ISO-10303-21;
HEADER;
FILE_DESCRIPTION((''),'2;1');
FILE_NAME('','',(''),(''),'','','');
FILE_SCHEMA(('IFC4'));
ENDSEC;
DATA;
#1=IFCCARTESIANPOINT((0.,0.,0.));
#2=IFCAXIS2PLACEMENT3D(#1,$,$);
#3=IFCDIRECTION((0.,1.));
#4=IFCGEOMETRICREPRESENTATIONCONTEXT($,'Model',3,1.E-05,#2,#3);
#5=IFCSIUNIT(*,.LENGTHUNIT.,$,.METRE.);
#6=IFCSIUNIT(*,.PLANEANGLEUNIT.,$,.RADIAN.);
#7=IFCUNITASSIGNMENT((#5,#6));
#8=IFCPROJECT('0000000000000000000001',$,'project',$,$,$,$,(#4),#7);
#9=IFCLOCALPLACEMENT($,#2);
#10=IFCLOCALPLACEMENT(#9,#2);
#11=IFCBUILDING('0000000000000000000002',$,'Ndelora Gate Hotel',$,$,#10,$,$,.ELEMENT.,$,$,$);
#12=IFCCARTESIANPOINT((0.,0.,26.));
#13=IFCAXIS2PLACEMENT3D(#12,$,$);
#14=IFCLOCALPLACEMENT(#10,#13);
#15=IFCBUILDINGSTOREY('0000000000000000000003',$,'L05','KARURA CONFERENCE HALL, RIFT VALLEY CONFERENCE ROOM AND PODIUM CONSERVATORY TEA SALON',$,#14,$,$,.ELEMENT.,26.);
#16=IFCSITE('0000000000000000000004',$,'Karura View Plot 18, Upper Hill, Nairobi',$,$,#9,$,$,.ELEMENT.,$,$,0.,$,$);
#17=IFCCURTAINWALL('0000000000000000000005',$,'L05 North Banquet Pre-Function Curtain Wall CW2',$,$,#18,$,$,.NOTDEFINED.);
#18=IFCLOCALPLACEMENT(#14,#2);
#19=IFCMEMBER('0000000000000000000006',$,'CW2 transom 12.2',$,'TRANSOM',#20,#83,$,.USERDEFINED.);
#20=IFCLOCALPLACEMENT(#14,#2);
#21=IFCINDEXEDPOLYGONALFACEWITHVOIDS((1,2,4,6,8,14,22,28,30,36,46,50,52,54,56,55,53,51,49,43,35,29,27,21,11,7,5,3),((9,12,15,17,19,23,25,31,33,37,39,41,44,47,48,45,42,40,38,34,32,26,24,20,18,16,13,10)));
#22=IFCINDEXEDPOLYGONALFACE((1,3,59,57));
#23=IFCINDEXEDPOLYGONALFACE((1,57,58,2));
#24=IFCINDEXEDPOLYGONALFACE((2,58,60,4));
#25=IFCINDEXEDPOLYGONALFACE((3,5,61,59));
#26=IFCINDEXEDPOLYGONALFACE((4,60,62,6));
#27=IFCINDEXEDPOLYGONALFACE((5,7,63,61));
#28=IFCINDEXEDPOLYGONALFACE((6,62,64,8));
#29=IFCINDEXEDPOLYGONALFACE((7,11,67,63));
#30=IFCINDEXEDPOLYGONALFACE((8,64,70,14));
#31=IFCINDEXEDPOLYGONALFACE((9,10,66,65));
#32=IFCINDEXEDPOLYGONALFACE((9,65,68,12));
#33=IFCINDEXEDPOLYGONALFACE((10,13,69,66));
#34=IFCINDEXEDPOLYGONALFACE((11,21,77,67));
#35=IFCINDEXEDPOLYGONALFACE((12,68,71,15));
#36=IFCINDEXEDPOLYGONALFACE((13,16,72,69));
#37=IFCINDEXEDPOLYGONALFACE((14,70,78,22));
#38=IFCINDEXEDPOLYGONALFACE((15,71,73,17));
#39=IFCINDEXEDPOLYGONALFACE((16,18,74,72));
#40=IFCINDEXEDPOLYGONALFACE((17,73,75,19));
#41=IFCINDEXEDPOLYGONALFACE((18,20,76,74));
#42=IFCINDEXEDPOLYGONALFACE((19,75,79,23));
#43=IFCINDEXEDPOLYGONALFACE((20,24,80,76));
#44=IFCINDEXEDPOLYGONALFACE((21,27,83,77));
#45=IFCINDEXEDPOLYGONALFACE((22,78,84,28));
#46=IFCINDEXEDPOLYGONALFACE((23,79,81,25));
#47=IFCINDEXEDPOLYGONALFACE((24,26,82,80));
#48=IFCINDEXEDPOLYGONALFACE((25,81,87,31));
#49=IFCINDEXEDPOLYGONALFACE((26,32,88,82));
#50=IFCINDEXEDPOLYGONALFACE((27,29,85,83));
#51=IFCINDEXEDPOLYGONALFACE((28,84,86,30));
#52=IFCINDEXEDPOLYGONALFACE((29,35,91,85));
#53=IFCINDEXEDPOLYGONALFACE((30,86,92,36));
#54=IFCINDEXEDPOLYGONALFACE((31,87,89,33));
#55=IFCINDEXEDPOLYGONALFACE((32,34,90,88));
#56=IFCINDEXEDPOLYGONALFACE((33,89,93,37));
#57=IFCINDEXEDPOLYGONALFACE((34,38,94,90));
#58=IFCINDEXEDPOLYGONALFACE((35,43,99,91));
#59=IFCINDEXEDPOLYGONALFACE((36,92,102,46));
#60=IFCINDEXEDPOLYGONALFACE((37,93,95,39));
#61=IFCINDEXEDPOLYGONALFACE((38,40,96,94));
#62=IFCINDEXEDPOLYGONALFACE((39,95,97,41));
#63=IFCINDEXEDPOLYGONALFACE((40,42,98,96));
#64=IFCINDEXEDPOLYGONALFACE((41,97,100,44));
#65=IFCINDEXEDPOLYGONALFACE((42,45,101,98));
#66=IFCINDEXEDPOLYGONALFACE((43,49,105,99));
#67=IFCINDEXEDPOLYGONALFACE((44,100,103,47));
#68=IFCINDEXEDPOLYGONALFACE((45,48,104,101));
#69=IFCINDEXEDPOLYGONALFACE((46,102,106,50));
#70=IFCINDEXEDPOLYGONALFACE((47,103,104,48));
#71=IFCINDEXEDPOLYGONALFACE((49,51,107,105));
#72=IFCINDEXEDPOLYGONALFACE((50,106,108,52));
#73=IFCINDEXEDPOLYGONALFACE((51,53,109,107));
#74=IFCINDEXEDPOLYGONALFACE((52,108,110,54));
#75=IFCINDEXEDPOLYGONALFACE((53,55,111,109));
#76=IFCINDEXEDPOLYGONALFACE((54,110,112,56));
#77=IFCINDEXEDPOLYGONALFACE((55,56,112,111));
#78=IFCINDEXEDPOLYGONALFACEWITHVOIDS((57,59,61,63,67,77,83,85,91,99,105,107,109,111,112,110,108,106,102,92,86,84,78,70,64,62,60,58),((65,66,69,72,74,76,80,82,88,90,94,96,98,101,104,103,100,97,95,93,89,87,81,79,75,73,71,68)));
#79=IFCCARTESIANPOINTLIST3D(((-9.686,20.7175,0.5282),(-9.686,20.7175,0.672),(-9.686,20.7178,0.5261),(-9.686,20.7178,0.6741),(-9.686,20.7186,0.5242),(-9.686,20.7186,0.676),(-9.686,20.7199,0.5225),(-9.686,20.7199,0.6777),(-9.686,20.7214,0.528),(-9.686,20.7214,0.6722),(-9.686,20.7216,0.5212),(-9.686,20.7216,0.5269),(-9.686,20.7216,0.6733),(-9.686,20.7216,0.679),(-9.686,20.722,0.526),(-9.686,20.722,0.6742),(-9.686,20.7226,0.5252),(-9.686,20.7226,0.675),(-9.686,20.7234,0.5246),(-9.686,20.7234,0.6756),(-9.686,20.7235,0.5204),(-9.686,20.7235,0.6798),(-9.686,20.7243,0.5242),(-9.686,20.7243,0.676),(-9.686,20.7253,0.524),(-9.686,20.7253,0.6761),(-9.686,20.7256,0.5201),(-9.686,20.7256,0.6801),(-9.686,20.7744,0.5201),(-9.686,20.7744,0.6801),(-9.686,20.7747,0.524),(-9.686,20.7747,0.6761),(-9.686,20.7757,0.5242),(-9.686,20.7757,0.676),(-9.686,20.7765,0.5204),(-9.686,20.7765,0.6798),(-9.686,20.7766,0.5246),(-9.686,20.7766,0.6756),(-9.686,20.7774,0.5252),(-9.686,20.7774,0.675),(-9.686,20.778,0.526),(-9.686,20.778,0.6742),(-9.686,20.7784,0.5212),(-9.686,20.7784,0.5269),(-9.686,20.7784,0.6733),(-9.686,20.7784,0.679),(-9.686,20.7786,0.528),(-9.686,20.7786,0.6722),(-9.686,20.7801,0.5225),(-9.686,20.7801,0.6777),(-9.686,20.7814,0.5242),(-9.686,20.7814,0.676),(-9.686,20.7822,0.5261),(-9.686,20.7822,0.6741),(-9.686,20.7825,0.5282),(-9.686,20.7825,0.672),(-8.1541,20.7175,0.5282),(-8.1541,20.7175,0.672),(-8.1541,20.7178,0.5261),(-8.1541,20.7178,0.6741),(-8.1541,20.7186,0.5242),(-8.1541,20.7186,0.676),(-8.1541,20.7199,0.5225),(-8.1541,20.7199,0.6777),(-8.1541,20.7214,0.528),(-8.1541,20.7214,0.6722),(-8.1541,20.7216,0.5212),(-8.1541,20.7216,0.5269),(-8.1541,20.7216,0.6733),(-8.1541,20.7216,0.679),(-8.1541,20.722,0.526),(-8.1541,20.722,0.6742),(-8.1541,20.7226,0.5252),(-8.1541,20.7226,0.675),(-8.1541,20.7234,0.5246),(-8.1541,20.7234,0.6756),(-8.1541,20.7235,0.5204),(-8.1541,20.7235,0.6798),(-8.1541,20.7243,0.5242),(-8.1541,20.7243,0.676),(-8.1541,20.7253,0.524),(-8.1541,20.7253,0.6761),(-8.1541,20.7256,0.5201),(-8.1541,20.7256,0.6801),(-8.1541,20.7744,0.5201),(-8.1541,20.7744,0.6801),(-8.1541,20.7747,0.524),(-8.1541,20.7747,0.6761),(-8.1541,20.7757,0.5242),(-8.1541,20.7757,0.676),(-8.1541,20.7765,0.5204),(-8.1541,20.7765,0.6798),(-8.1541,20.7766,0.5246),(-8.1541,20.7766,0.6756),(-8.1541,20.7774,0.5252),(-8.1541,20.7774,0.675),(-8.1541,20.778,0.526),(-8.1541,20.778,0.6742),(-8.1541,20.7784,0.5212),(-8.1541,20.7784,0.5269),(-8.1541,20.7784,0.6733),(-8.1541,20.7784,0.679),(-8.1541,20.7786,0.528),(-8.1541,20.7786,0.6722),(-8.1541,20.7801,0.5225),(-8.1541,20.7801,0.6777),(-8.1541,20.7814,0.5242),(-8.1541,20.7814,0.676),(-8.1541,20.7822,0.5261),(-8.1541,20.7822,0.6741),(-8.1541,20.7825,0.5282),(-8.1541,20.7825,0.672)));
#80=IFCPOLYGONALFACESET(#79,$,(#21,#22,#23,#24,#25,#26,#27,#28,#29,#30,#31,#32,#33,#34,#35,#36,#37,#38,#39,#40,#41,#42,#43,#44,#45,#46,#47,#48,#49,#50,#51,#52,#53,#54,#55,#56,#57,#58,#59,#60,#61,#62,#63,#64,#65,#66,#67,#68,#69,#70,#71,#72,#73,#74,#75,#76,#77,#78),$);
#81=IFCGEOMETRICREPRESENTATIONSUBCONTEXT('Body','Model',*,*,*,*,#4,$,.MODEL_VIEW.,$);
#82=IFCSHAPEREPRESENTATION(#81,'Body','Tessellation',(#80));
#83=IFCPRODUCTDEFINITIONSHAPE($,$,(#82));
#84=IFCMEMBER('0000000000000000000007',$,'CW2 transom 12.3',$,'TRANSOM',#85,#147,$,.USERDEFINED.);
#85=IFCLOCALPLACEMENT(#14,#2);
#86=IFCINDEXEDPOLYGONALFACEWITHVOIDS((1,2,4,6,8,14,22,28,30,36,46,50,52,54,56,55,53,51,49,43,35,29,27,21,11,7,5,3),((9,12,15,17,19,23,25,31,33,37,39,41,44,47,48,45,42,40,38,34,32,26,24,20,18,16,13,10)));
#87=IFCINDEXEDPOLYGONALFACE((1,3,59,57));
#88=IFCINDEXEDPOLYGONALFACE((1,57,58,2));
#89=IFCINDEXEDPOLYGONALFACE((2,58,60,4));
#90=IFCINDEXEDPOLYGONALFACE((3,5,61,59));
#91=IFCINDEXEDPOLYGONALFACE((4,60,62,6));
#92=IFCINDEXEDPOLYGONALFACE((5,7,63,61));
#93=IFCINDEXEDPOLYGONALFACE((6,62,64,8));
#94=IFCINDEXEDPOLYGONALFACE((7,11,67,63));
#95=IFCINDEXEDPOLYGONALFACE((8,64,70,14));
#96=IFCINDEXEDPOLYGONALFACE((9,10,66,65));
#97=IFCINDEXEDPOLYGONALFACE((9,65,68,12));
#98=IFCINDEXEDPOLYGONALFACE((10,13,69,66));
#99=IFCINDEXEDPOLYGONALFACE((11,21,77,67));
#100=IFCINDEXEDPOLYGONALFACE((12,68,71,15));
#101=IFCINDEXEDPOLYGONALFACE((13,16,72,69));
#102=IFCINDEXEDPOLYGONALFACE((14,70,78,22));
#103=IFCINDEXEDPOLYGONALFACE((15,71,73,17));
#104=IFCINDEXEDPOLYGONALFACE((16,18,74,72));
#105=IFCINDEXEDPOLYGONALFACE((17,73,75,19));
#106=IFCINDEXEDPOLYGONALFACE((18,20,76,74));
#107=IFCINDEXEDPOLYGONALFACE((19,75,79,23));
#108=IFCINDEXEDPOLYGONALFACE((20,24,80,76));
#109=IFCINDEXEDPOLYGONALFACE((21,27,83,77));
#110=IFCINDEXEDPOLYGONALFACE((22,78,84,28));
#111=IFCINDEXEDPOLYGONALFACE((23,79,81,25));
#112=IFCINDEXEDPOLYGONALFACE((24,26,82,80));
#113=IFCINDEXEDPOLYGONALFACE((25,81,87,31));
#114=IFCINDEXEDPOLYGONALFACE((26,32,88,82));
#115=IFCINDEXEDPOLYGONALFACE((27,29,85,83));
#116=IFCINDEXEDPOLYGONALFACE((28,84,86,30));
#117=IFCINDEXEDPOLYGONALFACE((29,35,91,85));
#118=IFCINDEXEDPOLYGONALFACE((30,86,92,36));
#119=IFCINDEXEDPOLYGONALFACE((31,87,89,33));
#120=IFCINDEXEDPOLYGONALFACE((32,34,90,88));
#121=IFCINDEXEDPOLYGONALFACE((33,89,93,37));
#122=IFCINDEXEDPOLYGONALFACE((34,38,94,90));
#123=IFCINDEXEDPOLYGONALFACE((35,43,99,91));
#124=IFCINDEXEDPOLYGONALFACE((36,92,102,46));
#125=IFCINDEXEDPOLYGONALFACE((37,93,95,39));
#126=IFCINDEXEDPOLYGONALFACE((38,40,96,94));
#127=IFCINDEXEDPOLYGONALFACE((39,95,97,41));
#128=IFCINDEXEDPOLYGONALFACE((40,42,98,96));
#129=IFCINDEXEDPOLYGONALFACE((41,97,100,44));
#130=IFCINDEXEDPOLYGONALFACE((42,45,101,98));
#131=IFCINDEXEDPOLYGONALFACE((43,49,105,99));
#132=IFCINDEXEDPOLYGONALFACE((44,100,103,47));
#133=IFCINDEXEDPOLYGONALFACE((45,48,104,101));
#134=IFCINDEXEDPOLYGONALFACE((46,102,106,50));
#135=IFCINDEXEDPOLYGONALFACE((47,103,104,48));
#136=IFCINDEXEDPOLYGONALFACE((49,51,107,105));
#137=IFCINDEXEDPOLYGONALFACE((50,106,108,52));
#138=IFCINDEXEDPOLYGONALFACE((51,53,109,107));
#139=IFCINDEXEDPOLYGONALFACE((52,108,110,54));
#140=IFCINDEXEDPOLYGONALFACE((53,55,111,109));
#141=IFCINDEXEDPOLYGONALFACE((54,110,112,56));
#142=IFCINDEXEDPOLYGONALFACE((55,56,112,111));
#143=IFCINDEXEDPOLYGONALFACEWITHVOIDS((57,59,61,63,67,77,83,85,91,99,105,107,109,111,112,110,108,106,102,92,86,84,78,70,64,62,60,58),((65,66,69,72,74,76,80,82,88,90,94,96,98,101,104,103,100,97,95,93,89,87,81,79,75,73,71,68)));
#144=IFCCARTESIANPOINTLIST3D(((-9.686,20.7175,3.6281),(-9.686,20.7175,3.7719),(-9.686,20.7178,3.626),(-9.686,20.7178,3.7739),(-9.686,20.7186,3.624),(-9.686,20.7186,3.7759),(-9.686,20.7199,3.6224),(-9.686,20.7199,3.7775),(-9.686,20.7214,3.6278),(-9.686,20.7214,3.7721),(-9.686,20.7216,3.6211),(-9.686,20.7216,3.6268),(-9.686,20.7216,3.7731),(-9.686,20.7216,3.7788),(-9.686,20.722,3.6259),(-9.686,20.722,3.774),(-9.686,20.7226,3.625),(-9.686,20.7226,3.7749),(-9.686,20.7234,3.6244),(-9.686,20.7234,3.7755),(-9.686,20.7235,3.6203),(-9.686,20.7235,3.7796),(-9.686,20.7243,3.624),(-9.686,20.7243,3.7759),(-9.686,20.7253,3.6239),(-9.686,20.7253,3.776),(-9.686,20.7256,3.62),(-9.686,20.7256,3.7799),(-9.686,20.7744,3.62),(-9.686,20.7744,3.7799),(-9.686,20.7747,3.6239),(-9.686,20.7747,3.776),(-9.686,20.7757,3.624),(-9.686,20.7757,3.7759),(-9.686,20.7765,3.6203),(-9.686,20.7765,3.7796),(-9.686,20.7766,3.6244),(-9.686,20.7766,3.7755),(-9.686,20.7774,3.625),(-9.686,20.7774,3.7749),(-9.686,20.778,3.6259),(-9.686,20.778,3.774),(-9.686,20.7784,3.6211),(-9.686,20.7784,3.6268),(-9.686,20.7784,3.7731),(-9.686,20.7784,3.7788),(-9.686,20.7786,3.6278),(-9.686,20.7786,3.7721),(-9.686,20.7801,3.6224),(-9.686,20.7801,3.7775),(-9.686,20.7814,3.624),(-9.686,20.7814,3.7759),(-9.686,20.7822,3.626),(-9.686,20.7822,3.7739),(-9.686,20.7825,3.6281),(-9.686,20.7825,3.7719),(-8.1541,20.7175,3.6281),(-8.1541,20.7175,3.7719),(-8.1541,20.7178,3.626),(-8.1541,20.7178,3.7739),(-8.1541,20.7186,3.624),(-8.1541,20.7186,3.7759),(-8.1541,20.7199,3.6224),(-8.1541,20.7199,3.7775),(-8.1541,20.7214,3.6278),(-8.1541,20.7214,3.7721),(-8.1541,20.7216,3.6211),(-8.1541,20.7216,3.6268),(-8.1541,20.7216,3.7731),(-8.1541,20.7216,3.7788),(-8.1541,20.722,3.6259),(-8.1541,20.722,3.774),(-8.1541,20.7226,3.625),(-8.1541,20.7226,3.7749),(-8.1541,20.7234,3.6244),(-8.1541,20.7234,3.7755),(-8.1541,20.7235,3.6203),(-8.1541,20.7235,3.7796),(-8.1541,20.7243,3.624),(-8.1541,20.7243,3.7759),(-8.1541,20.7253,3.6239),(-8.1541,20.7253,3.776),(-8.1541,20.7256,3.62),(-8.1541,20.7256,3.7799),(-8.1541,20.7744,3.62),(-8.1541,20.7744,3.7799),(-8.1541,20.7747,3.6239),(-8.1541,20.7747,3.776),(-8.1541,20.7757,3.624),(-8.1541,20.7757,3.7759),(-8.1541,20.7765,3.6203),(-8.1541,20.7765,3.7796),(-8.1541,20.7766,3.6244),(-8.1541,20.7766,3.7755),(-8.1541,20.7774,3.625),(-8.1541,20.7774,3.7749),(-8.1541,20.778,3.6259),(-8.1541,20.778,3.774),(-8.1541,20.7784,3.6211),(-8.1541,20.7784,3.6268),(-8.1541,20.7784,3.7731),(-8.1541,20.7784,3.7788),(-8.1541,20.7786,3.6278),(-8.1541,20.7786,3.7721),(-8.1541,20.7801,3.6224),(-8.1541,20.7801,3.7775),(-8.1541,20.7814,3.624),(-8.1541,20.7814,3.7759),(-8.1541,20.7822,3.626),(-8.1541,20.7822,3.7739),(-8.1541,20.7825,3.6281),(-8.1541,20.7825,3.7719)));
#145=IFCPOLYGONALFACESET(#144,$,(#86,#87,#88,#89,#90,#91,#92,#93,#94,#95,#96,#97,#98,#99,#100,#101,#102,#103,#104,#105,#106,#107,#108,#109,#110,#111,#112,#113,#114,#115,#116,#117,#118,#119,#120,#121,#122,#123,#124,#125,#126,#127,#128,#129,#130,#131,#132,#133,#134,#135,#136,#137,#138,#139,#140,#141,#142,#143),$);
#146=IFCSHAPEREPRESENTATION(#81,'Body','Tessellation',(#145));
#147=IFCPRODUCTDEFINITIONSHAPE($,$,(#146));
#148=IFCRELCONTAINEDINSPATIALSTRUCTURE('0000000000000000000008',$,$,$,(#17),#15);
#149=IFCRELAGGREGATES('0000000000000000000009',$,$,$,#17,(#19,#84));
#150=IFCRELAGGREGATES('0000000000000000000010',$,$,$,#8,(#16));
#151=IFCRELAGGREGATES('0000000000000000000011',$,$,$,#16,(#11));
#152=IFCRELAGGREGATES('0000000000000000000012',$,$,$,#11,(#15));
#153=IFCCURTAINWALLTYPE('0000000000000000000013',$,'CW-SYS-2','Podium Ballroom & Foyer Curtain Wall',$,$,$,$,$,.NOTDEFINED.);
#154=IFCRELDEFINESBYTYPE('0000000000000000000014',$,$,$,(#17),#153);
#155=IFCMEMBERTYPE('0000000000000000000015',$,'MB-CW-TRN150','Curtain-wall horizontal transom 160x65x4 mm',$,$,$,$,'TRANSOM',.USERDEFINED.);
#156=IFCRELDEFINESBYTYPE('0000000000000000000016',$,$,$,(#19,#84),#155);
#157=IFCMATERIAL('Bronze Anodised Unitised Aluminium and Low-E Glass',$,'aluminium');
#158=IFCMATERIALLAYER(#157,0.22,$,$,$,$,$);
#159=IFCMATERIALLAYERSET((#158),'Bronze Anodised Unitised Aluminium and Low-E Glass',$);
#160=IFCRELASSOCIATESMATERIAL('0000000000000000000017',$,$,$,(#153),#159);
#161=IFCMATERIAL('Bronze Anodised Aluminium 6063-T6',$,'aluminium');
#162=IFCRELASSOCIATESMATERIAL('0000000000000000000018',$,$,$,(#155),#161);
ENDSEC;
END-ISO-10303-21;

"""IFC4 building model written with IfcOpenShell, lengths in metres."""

from ifc_helpers import new_model, si_unit, direction, frame, origin, origin_2d, place, context, subcontext, project, spatial, hollow_rectangle, extrude, material, layer, layer_set, material_profile, profile_set, type_object, element, aggregate, save


model = new_model("IFC4")

# Units and contexts
model_context = context("Model", 3, precision=1e-05, world=origin(), true_north=direction((0.0, 1.0)))
body_context = subcontext(model_context, "Body", "Model", "MODEL_VIEW")
ifc_project = project(units=[si_unit("LENGTHUNIT", "METRE"), si_unit("PLANEANGLEUNIT", "RADIAN")], contexts=[model_context])

# Site, building, storey
site_placement = place(None, origin())
site = spatial("IfcSite", under=ifc_project, at=site_placement, Name="Karura View Plot 18, Upper Hill, Nairobi", CompositionType="ELEMENT", RefElevation=0.0)
building_placement = place(site_placement, origin())
building = spatial("IfcBuilding", under=site, at=building_placement, Name="Ndelora Gate Hotel", CompositionType="ELEMENT")
storey_placement = place(building_placement, frame((0.0, 0.0, 26.0)))
storey = spatial("IfcBuildingStorey", under=building, at=storey_placement, Name="L05", Description="KARURA CONFERENCE HALL, RIFT VALLEY CONFERENCE ROOM AND PODIUM CONSERVATORY TEA SALON", CompositionType="ELEMENT", Elevation=26.0)

# Curtain wall, members
ifc_material_1 = material(Name="Bronze Anodised Unitised Aluminium and Low-E Glass", Category="aluminium")
ifc_layer_1 = layer(ifc_material_1, 0.22)
ifc_layer_set_1 = layer_set([ifc_layer_1], Name="Bronze Anodised Unitised Aluminium and Low-E Glass")
curtain_wall_type = type_object("IfcCurtainWallType", Name="CW-SYS-2", Description="Podium Ballroom & Foyer Curtain Wall", PredefinedType="NOTDEFINED", material=ifc_layer_set_1)
curtain_wall_placement = place(storey_placement, origin())
curtain_wall = element("IfcCurtainWall", 1, at=curtain_wall_placement, inside=storey, type_object=curtain_wall_type, Name="L05 North Banquet Pre-Function Curtain Wall CW2", PredefinedType="NOTDEFINED")
ifc_material_2 = material(Name="Bronze Anodised Aluminium 6063-T6", Category="aluminium")
ifc_material_profile_1 = material_profile(ifc_material_2, hollow_rectangle(XDim=0.0649, YDim=0.1599, WallThickness=0.0039, InnerFilletRadius=0.0039, OuterFilletRadius=0.0081, at=origin_2d()), Name="ALU 160x65x4")
ifc_profile_set_1 = profile_set([ifc_material_profile_1], Name="Bronze Anodised Aluminium 6063-T6")
member_type_1 = type_object("IfcMemberType", Name="MB-CW-TRN150", Description="Curtain-wall horizontal transom 160x65x4 mm", ElementType="TRANSOM", PredefinedType="USERDEFINED", material=ifc_profile_set_1)
member_1_placement = place(storey_placement, frame((-8.1541, 20.75, 0.6001), z_axis=(-1.0, 0.0, 0.0), x_axis=(0.0, -1.0, 0.0)))
member_1 = element("IfcMember", 2, at=member_1_placement, type_object=member_type_1, Name="CW2 transom 12.2", ObjectType="TRANSOM", PredefinedType="USERDEFINED", context=body_context, shape_type="SweptSolid", body=[
    extrude(hollow_rectangle(XDim=0.0649, YDim=0.1599, WallThickness=0.0039, InnerFilletRadius=0.0039, OuterFilletRadius=0.0081, at=origin_2d()), origin(), (0.0, 0.0, 1.0), 1.532),
])
member_2_placement = place(storey_placement, frame((-8.1541, 20.75, 3.7), z_axis=(-1.0, 0.0, 0.0), x_axis=(0.0, -1.0, 0.0)))
member_2 = element("IfcMember", 3, at=member_2_placement, type_object=member_type_1, Name="CW2 transom 12.3", ObjectType="TRANSOM", PredefinedType="USERDEFINED", context=body_context, shape_type="SweptSolid", body=[
    extrude(hollow_rectangle(XDim=0.0649, YDim=0.1599, WallThickness=0.0039, InnerFilletRadius=0.0039, OuterFilletRadius=0.0081, at=origin_2d()), origin(), (0.0, 0.0, 1.0), 1.532),
])
aggregate(curtain_wall, [member_1, member_2])

save(model, "model.ifc")
